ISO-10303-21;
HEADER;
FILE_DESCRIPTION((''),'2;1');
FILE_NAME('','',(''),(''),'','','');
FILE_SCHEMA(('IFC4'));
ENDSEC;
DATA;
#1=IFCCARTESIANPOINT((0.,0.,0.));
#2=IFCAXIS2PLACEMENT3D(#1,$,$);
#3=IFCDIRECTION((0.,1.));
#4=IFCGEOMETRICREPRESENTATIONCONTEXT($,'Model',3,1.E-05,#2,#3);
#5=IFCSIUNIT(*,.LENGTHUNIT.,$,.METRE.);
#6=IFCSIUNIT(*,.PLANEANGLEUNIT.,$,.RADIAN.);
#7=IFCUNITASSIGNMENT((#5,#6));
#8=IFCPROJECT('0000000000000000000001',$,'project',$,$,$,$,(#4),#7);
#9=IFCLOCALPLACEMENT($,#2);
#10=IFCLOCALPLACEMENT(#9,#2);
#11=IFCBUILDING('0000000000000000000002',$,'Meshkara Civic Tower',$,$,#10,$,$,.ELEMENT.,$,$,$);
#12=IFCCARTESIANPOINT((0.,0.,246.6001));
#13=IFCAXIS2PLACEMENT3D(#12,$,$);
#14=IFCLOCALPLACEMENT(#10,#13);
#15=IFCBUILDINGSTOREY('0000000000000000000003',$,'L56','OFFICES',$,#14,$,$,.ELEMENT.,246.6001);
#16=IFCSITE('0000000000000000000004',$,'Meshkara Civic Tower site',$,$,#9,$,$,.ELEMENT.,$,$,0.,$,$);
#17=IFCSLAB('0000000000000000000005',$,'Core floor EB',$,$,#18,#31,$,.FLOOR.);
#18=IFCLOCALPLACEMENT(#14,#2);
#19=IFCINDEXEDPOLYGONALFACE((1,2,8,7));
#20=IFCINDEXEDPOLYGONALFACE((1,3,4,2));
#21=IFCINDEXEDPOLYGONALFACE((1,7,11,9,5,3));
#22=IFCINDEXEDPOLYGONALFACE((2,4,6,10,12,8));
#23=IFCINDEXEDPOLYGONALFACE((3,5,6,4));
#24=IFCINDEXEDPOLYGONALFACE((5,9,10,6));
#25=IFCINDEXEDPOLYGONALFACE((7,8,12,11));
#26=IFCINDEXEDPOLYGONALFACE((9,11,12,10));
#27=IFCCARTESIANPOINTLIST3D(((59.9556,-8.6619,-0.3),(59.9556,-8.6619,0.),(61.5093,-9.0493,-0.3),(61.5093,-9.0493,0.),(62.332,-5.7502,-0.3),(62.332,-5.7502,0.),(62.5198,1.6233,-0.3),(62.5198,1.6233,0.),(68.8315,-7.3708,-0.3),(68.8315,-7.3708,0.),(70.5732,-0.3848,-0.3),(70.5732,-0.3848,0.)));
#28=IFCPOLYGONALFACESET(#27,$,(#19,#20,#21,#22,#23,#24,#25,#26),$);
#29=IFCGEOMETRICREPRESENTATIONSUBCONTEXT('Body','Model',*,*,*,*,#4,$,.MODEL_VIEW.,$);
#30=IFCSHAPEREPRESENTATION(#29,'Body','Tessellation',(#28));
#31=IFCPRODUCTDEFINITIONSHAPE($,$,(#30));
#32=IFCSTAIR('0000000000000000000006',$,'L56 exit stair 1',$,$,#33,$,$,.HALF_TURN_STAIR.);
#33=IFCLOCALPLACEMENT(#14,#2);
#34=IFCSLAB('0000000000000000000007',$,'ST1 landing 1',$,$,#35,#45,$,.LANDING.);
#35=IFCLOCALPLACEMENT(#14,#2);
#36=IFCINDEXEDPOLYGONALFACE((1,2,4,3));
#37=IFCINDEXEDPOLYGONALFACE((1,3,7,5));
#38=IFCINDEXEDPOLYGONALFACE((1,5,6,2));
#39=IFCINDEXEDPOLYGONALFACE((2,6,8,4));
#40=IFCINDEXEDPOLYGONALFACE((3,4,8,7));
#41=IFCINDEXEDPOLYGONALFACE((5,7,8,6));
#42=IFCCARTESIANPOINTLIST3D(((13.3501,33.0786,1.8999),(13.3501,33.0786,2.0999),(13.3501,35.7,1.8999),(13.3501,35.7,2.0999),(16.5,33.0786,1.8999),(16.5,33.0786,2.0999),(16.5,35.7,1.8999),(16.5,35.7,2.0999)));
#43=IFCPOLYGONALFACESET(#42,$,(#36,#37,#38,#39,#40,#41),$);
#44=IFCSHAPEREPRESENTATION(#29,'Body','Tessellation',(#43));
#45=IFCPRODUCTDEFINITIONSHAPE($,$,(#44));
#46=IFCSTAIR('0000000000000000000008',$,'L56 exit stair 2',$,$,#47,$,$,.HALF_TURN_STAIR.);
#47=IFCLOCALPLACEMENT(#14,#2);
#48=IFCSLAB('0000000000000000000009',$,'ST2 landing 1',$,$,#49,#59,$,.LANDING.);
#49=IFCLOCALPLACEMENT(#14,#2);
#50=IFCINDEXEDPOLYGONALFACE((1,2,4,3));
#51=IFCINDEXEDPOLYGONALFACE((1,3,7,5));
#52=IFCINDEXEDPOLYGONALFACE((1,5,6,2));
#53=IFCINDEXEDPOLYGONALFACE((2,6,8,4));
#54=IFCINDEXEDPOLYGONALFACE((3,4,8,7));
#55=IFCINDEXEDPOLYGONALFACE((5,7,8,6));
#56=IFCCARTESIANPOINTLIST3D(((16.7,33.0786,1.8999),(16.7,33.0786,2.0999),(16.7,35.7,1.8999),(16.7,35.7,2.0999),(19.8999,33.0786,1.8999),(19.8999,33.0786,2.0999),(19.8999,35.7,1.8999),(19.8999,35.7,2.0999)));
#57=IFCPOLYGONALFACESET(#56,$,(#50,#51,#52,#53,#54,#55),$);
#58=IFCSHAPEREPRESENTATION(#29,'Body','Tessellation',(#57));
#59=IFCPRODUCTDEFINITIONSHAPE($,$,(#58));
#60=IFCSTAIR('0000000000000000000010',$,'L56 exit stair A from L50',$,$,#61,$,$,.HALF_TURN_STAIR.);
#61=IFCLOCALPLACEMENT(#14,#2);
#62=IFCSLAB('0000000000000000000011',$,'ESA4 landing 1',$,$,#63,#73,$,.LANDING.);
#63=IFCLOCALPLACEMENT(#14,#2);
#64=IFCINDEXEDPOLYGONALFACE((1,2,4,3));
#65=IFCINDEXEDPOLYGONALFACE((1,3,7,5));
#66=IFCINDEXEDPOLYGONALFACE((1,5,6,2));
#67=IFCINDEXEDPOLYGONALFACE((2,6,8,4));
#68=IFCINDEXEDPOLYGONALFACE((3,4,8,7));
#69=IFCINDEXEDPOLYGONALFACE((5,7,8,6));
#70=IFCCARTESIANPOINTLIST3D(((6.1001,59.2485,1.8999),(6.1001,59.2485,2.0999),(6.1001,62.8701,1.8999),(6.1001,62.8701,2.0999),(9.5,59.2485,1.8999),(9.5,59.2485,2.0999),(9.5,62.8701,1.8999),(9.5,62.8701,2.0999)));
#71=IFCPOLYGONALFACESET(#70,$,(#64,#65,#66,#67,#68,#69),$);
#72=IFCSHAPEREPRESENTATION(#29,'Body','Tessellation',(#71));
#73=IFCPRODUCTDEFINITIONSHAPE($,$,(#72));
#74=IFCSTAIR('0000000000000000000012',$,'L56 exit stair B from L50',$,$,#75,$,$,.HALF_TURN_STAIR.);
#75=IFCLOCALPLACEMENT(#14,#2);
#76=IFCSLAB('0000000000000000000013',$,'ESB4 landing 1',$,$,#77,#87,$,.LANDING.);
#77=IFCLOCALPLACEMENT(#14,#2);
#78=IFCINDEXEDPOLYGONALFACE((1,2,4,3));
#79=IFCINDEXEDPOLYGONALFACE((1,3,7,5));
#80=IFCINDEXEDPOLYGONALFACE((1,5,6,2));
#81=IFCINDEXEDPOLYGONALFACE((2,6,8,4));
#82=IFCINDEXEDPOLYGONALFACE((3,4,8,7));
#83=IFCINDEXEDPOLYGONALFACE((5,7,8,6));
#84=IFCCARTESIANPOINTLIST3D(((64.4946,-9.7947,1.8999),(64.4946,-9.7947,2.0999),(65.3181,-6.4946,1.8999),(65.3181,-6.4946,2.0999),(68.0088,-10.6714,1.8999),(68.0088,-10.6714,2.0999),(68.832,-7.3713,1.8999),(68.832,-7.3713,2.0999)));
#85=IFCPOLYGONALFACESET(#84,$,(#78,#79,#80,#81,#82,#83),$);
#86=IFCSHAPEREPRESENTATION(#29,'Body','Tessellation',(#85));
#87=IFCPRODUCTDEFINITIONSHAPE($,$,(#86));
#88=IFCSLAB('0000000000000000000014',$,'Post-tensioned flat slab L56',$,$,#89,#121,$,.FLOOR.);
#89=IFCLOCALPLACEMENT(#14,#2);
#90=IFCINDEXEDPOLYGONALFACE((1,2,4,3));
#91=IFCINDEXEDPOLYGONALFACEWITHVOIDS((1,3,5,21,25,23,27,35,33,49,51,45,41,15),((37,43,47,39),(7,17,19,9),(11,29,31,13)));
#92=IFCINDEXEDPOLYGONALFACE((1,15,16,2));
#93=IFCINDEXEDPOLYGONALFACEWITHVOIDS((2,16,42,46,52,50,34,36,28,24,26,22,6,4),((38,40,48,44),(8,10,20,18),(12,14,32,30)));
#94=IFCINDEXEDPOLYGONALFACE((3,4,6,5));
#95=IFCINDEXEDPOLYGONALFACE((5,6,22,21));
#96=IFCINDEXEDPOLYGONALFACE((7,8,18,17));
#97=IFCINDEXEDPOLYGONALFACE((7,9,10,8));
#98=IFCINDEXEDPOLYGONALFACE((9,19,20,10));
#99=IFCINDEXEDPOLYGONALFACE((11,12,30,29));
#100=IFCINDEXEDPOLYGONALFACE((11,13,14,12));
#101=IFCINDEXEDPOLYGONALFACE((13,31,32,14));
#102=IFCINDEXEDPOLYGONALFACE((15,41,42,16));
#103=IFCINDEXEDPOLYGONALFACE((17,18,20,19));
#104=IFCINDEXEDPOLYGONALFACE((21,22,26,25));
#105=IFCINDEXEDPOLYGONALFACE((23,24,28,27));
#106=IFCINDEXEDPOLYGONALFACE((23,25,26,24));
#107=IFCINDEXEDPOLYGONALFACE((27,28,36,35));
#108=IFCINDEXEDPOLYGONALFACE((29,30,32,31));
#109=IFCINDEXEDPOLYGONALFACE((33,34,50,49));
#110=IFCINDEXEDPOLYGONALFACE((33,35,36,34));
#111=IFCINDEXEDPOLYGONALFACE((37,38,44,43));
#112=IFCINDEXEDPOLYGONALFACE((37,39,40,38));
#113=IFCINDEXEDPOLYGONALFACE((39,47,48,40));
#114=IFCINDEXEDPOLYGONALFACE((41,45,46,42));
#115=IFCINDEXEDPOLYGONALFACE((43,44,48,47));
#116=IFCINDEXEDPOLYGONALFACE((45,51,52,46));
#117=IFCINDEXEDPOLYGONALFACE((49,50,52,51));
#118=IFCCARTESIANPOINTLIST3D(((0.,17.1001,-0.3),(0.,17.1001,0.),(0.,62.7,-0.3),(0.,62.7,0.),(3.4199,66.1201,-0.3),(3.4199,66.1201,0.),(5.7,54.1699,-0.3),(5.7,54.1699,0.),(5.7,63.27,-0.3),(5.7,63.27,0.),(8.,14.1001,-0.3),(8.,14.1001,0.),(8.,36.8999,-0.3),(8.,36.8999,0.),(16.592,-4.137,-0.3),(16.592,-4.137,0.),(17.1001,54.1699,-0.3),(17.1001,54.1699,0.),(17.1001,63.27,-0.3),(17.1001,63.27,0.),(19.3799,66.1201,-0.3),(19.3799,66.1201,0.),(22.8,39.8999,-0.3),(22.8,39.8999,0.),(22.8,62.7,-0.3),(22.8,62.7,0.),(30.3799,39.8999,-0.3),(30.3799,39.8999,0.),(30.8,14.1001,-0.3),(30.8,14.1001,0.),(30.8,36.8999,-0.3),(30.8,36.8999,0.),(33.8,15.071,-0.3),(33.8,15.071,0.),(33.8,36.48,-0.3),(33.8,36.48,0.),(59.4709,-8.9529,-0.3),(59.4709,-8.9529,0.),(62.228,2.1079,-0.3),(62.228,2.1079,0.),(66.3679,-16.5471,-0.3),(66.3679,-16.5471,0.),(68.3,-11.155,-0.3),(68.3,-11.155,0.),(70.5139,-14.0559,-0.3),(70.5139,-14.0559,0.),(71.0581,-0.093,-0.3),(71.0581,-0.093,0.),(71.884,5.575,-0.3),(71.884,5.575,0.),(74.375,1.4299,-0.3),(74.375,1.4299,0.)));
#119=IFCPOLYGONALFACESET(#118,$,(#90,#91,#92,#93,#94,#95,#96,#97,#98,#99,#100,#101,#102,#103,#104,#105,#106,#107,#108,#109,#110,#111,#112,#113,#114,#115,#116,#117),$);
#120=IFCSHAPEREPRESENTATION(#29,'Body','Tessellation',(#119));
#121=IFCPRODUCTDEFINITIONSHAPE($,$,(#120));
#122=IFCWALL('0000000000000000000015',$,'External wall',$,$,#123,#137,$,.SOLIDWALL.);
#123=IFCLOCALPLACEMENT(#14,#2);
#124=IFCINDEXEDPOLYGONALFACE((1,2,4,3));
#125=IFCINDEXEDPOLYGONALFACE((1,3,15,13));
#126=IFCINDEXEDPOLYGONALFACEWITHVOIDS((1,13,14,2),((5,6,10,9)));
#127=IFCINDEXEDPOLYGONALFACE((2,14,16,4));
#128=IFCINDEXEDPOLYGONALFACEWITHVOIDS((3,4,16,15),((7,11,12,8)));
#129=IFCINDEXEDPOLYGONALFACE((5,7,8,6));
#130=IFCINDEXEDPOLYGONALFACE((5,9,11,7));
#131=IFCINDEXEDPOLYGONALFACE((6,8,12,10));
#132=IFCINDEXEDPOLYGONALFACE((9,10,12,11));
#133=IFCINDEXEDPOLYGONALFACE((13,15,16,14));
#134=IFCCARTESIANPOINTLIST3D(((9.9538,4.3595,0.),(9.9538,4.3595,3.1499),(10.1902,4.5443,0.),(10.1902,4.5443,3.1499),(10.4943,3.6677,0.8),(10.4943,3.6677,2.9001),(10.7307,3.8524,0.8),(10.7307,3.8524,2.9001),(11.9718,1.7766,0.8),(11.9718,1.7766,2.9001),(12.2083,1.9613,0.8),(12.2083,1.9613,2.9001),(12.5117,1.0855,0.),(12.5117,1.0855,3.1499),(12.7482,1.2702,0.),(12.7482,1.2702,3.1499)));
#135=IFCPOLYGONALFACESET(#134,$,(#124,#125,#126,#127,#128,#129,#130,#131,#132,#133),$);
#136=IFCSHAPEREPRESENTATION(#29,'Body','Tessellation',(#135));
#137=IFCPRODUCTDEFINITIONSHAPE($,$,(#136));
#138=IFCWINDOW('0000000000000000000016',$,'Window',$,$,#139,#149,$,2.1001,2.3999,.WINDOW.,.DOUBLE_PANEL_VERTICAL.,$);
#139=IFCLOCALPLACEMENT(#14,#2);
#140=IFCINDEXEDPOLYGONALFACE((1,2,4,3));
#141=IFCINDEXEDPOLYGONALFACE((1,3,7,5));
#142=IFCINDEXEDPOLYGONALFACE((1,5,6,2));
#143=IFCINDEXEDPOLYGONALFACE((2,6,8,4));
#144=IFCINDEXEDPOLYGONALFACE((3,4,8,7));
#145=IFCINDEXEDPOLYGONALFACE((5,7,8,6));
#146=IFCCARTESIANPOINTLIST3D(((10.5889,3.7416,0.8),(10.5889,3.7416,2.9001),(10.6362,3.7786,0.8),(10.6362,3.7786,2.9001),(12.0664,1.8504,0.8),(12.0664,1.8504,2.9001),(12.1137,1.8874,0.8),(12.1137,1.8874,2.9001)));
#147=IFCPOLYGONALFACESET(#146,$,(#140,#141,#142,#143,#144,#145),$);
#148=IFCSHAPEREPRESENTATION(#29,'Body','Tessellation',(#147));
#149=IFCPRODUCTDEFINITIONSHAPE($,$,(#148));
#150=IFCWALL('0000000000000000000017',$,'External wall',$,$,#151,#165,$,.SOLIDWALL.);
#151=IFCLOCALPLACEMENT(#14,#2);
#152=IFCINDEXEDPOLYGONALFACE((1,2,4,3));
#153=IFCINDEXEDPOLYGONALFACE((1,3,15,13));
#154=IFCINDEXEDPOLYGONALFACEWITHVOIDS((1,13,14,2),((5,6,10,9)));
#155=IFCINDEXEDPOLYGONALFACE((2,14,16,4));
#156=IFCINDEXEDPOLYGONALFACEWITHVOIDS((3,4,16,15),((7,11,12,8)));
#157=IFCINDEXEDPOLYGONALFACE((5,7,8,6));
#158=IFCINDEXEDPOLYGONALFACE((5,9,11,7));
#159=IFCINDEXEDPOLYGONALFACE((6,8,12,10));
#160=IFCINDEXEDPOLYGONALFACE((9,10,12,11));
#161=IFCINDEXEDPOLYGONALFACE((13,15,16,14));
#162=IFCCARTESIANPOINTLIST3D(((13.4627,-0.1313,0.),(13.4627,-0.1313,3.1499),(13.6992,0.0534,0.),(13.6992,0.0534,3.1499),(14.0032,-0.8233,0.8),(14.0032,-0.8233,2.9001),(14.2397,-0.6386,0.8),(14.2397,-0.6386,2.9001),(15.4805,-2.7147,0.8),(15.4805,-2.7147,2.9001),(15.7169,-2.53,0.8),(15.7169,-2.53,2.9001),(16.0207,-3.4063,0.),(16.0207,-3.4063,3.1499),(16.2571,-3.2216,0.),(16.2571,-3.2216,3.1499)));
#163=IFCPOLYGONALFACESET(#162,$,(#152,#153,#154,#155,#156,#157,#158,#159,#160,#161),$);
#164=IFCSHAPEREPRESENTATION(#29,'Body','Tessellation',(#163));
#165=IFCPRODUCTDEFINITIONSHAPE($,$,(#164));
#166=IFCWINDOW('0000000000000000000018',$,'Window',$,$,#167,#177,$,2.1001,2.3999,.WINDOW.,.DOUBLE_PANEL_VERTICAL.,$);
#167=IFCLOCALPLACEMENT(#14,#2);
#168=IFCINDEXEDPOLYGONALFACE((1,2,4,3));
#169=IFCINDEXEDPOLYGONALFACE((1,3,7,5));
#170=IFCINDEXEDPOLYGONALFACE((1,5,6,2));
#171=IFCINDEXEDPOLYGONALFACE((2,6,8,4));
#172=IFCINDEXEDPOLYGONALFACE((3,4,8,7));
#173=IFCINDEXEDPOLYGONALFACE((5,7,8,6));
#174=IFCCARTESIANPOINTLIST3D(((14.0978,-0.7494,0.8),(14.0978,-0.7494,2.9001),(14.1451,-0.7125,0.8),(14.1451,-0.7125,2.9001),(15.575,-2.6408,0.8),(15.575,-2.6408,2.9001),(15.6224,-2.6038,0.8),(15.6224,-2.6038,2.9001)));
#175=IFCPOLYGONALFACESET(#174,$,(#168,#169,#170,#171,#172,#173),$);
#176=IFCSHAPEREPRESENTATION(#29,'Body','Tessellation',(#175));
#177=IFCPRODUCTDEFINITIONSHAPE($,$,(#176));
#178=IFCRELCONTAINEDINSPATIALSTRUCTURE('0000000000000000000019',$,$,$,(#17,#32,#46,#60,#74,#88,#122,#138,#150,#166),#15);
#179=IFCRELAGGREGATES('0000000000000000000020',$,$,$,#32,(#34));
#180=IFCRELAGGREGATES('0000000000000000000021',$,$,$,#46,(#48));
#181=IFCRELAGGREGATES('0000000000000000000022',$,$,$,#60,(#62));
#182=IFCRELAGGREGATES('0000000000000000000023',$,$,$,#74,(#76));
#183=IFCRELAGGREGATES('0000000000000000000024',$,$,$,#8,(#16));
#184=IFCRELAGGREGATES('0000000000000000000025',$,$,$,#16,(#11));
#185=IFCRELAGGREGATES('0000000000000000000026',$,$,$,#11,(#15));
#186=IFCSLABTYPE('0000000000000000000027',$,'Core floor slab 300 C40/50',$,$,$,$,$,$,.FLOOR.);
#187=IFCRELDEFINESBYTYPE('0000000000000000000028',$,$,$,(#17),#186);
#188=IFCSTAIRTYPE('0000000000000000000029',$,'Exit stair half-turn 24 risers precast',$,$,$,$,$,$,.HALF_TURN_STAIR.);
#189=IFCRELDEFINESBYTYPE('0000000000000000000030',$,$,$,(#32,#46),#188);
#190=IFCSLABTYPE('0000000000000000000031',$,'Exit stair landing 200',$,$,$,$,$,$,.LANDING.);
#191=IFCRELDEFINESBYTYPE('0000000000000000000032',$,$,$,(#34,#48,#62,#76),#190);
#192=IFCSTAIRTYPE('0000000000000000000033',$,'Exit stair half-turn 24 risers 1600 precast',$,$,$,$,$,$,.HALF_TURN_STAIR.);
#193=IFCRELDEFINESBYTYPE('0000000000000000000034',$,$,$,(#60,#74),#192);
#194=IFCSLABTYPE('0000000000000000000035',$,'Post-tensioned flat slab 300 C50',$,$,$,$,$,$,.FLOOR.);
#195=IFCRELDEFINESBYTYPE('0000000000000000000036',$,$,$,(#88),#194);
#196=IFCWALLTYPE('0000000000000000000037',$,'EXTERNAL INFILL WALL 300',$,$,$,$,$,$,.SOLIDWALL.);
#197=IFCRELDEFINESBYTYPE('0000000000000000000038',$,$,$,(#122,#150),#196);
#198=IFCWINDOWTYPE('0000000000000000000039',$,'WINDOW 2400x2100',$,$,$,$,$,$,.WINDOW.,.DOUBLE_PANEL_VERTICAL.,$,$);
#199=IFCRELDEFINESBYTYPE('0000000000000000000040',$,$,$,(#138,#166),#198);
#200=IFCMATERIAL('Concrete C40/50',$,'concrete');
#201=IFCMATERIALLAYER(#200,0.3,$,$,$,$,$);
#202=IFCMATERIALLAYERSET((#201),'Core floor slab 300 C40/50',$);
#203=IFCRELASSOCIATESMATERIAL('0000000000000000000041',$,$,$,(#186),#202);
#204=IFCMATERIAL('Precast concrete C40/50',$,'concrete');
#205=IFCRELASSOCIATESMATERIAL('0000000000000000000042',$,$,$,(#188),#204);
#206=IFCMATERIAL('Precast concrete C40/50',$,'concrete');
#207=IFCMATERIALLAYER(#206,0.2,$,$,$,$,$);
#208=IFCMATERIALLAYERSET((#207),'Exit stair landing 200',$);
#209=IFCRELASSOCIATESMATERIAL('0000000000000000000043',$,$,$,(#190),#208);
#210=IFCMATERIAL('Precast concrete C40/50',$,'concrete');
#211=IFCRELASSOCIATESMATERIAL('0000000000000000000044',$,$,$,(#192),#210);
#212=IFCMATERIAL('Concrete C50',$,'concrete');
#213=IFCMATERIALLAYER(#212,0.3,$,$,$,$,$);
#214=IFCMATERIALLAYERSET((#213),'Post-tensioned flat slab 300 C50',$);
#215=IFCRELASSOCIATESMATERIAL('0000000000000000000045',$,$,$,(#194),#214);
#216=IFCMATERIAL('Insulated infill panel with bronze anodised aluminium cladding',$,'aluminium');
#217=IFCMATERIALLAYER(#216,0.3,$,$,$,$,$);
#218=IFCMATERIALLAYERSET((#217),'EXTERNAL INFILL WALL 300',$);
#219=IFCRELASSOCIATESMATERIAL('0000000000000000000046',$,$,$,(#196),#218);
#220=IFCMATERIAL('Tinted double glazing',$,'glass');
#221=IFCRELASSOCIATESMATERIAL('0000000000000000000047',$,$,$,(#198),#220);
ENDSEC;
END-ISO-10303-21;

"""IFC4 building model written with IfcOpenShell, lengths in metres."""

from ifc_helpers import new_model, si_unit, direction, frame, frame_2d, origin, place, context, subcontext, project, spatial, polyline, rectangle, outline, extrude, material, layer, layer_set, type_object, element, fill, aggregate, save


model = new_model("IFC4")

# Units and contexts
model_context = context("Model", 3, precision=1e-05, world=origin(), true_north=direction((0.0, 1.0)))
body_context = subcontext(model_context, "Body", "Model", "MODEL_VIEW")
ifc_project = project(units=[si_unit("LENGTHUNIT", "METRE"), si_unit("PLANEANGLEUNIT", "RADIAN")], contexts=[model_context])

# Site, building, storey
site_placement = place(None, origin())
site = spatial("IfcSite", under=ifc_project, at=site_placement, Name="Meshkara Civic Tower site", CompositionType="ELEMENT", RefElevation=0.0)
building_placement = place(site_placement, origin())
building = spatial("IfcBuilding", under=site, at=building_placement, Name="Meshkara Civic Tower", CompositionType="ELEMENT")
storey_placement = place(building_placement, frame((0.0, 0.0, 246.6001)))
storey = spatial("IfcBuildingStorey", under=building, at=storey_placement, Name="L56", Description="OFFICES", CompositionType="ELEMENT", Elevation=246.6001)

# Slab
ifc_material_1 = material(Name="Concrete C40/50", Category="concrete")
ifc_layer_1 = layer(ifc_material_1, 0.3)
ifc_layer_set_1 = layer_set([ifc_layer_1], Name="Core floor slab 300 C40/50")
slab_type_1 = type_object("IfcSlabType", Name="Core floor slab 300 C40/50", PredefinedType="FLOOR", material=ifc_layer_set_1)
slab_1_placement = place(storey_placement, frame((0.0, 0.0, -0.3)))
element("IfcSlab", 1, at=slab_1_placement, inside=storey, type_object=slab_type_1, Name="Core floor EB", PredefinedType="FLOOR", context=body_context, shape_type="SweptSolid", body=[
    extrude(outline(polyline([(62.5198, 1.6233), (70.5732, -0.3848), (68.8315, -7.3708), (62.332, -5.7502), (61.5093, -9.0493), (59.9556, -8.6619), (62.5198, 1.6233)])), origin(), (0.0, 0.0, 1.0), 0.3),
])

# Stairs, slabs
ifc_material_2 = material(Name="Precast concrete C40/50", Category="concrete")
stair_type_1 = type_object("IfcStairType", Name="Exit stair half-turn 24 risers precast", PredefinedType="HALF_TURN_STAIR", material=ifc_material_2)
stair_1_placement = place(storey_placement, origin())
stair_1 = element("IfcStair", 2, at=stair_1_placement, inside=storey, type_object=stair_type_1, Name="L56 exit stair 1", PredefinedType="HALF_TURN_STAIR")
ifc_material_3 = material(Name="Precast concrete C40/50", Category="concrete")
ifc_layer_2 = layer(ifc_material_3, 0.2)
ifc_layer_set_2 = layer_set([ifc_layer_2], Name="Exit stair landing 200")
slab_type_2 = type_object("IfcSlabType", Name="Exit stair landing 200", PredefinedType="LANDING", material=ifc_layer_set_2)
slab_2_placement = place(storey_placement, frame((0.0, 0.0, 1.8999)))
slab_2 = element("IfcSlab", 3, at=slab_2_placement, type_object=slab_type_2, Name="ST1 landing 1", PredefinedType="LANDING", context=body_context, shape_type="SweptSolid", body=[
    extrude(outline(polyline([(16.5, 33.0786), (16.5, 35.7), (13.3501, 35.7), (13.3501, 33.0786), (16.5, 33.0786)])), origin(), (0.0, 0.0, 1.0), 0.2),
])
aggregate(stair_1, [slab_2])
stair_2_placement = place(storey_placement, origin())
stair_2 = element("IfcStair", 4, at=stair_2_placement, inside=storey, type_object=stair_type_1, Name="L56 exit stair 2", PredefinedType="HALF_TURN_STAIR")
slab_3_placement = place(storey_placement, frame((0.0, 0.0, 1.8999)))
slab_3 = element("IfcSlab", 5, at=slab_3_placement, type_object=slab_type_2, Name="ST2 landing 1", PredefinedType="LANDING", context=body_context, shape_type="SweptSolid", body=[
    extrude(outline(polyline([(19.8999, 33.0786), (19.8999, 35.7), (16.7, 35.7), (16.7, 33.0786), (19.8999, 33.0786)])), origin(), (0.0, 0.0, 1.0), 0.2),
])
aggregate(stair_2, [slab_3])
ifc_material_4 = material(Name="Precast concrete C40/50", Category="concrete")
stair_type_2 = type_object("IfcStairType", Name="Exit stair half-turn 24 risers 1600 precast", PredefinedType="HALF_TURN_STAIR", material=ifc_material_4)
stair_3_placement = place(storey_placement, origin())
stair_3 = element("IfcStair", 6, at=stair_3_placement, inside=storey, type_object=stair_type_2, Name="L56 exit stair A from L50", PredefinedType="HALF_TURN_STAIR")
slab_4_placement = place(storey_placement, frame((0.0, 0.0, 1.8999)))
slab_4 = element("IfcSlab", 7, at=slab_4_placement, type_object=slab_type_2, Name="ESA4 landing 1", PredefinedType="LANDING", context=body_context, shape_type="SweptSolid", body=[
    extrude(outline(polyline([(9.5, 59.2485), (9.5, 62.8701), (6.1001, 62.8701), (6.1001, 59.2485), (9.5, 59.2485)])), origin(), (0.0, 0.0, 1.0), 0.2),
])
aggregate(stair_3, [slab_4])
stair_4_placement = place(storey_placement, origin())
stair_4 = element("IfcStair", 8, at=stair_4_placement, inside=storey, type_object=stair_type_2, Name="L56 exit stair B from L50", PredefinedType="HALF_TURN_STAIR")
slab_5_placement = place(storey_placement, frame((0.0, 0.0, 1.8999)))
slab_5 = element("IfcSlab", 9, at=slab_5_placement, type_object=slab_type_2, Name="ESB4 landing 1", PredefinedType="LANDING", context=body_context, shape_type="SweptSolid", body=[
    extrude(outline(polyline([(64.4946, -9.7947), (68.0088, -10.6714), (68.832, -7.3713), (65.3181, -6.4946), (64.4946, -9.7947)])), origin(), (0.0, 0.0, 1.0), 0.2),
])
aggregate(stair_4, [slab_5])

# Slab
ifc_material_5 = material(Name="Concrete C50", Category="concrete")
ifc_layer_3 = layer(ifc_material_5, 0.3)
ifc_layer_set_3 = layer_set([ifc_layer_3], Name="Post-tensioned flat slab 300 C50")
slab_type_3 = type_object("IfcSlabType", Name="Post-tensioned flat slab 300 C50", PredefinedType="FLOOR", material=ifc_layer_set_3)
slab_6_placement = place(storey_placement, frame((0.0, 0.0, -0.3)))
element("IfcSlab", 10, at=slab_6_placement, inside=storey, type_object=slab_type_3, Name="Post-tensioned flat slab L56", PredefinedType="FLOOR", context=body_context, shape_type="SweptSolid", body=[
    extrude(outline(polyline([(70.5139, -14.0559), (66.3679, -16.5471), (16.592, -4.137), (0.0, 17.1001), (0.0, 62.7), (3.4199, 66.1201), (19.3799, 66.1201), (22.8, 62.7), (22.8, 39.8999), (30.3799, 39.8999), (33.8, 36.48), (33.8, 15.071), (71.884, 5.575), (74.375, 1.4299), (70.5139, -14.0559)]), holes=[polyline([(68.3, -11.155), (71.0581, -0.093), (62.228, 2.1079), (59.4709, -8.9529), (68.3, -11.155)]), polyline([(8.0, 14.1001), (30.8, 14.1001), (30.8, 36.8999), (8.0, 36.8999), (8.0, 14.1001)]), polyline([(5.7, 63.27), (5.7, 54.1699), (17.1001, 54.1699), (17.1001, 63.27), (5.7, 63.27)])]), origin(), (0.0, 0.0, 1.0), 0.3),
])

# Walls, openings, windows
ifc_material_6 = material(Name="Insulated infill panel with bronze anodised aluminium cladding", Category="aluminium")
ifc_layer_4 = layer(ifc_material_6, 0.3)
ifc_layer_set_4 = layer_set([ifc_layer_4], Name="EXTERNAL INFILL WALL 300")
wall_type_1 = type_object("IfcWallType", Name="EXTERNAL INFILL WALL 300", PredefinedType="SOLIDWALL", material=ifc_layer_set_4)
wall_1_placement = place(storey_placement, frame((10.072, 4.4519, 0.0), z_axis=(0.0, 0.0, 1.0), x_axis=(0.61566, -0.788012, 0.0)))
wall_1 = element("IfcWall", 11, at=wall_1_placement, inside=storey, type_object=wall_type_1, Name="External wall", PredefinedType="SOLIDWALL", context=body_context, shape_type="SweptSolid", body=[
    extrude(rectangle(XDim=4.1548, YDim=0.3, at=frame_2d((2.0774, 0.0))), origin(), (0.0, 0.0, 1.0), 3.1499),
])
opening_1_placement = place(wall_1_placement, frame((0.8779, 0.0, 0.8)))
opening_1 = element("IfcOpeningElement", 12, at=opening_1_placement, cuts=wall_1, PredefinedType="OPENING", context=body_context, shape_type="SweptSolid", body=[
    extrude(rectangle(XDim=2.3999, YDim=2.1001, at=frame_2d((1.2, 1.05))), frame((0.0, 0.1599, 0.0), z_axis=(0.0, -1.0, 0.0), x_axis=(1.0, 0.0, 0.0)), (0.0, 0.0, 1.0), 0.3201),
])
ifc_material_7 = material(Name="Tinted double glazing", Category="glass")
window_type = type_object("IfcWindowType", Name="WINDOW 2400x2100", PartitioningType="DOUBLE_PANEL_VERTICAL", PredefinedType="WINDOW", material=ifc_material_7)
window_1_placement = place(opening_1_placement, origin())
window_1 = element("IfcWindow", 13, at=window_1_placement, inside=storey, type_object=window_type, Name="Window", OverallHeight=2.1001, OverallWidth=2.3999, PartitioningType="DOUBLE_PANEL_VERTICAL", PredefinedType="WINDOW", context=body_context, shape_type="SweptSolid", body=[
    extrude(rectangle(XDim=2.3999, YDim=2.1001, at=frame_2d((1.2, 1.05))), frame((0.0, 0.03, 0.0), z_axis=(0.0, -1.0, 0.0), x_axis=(1.0, 0.0, 0.0)), (0.0, 0.0, 1.0), 0.0601),
])
fill(opening_1, window_1)
wall_2_placement = place(storey_placement, frame((13.5811, -0.0391, 0.0), z_axis=(0.0, 0.0, 1.0), x_axis=(0.615546, -0.788101, 0.0)))
wall_2 = element("IfcWall", 14, at=wall_2_placement, inside=storey, type_object=wall_type_1, Name="External wall", PredefinedType="SOLIDWALL", context=body_context, shape_type="SweptSolid", body=[
    extrude(rectangle(XDim=4.1555, YDim=0.3, at=frame_2d((2.0776, 0.0))), origin(), (0.0, 0.0, 1.0), 3.1499),
])
opening_2_placement = place(wall_2_placement, frame((0.8779, 0.0, 0.8)))
opening_2 = element("IfcOpeningElement", 15, at=opening_2_placement, cuts=wall_2, PredefinedType="OPENING", context=body_context, shape_type="SweptSolid", body=[
    extrude(rectangle(XDim=2.3999, YDim=2.1001, at=frame_2d((1.2, 1.05))), frame((0.0, 0.1599, 0.0), z_axis=(0.0, -1.0, 0.0), x_axis=(1.0, 0.0, 0.0)), (0.0, 0.0, 1.0), 0.3201),
])
window_2_placement = place(opening_2_placement, origin())
window_2 = element("IfcWindow", 16, at=window_2_placement, inside=storey, type_object=window_type, Name="Window", OverallHeight=2.1001, OverallWidth=2.3999, PartitioningType="DOUBLE_PANEL_VERTICAL", PredefinedType="WINDOW", context=body_context, shape_type="SweptSolid", body=[
    extrude(rectangle(XDim=2.3999, YDim=2.1001, at=frame_2d((1.2, 1.05))), frame((0.0, 0.03, 0.0), z_axis=(0.0, -1.0, 0.0), x_axis=(1.0, 0.0, 0.0)), (0.0, 0.0, 1.0), 0.0601),
])
fill(opening_2, window_2)

save(model, "model.ifc")
